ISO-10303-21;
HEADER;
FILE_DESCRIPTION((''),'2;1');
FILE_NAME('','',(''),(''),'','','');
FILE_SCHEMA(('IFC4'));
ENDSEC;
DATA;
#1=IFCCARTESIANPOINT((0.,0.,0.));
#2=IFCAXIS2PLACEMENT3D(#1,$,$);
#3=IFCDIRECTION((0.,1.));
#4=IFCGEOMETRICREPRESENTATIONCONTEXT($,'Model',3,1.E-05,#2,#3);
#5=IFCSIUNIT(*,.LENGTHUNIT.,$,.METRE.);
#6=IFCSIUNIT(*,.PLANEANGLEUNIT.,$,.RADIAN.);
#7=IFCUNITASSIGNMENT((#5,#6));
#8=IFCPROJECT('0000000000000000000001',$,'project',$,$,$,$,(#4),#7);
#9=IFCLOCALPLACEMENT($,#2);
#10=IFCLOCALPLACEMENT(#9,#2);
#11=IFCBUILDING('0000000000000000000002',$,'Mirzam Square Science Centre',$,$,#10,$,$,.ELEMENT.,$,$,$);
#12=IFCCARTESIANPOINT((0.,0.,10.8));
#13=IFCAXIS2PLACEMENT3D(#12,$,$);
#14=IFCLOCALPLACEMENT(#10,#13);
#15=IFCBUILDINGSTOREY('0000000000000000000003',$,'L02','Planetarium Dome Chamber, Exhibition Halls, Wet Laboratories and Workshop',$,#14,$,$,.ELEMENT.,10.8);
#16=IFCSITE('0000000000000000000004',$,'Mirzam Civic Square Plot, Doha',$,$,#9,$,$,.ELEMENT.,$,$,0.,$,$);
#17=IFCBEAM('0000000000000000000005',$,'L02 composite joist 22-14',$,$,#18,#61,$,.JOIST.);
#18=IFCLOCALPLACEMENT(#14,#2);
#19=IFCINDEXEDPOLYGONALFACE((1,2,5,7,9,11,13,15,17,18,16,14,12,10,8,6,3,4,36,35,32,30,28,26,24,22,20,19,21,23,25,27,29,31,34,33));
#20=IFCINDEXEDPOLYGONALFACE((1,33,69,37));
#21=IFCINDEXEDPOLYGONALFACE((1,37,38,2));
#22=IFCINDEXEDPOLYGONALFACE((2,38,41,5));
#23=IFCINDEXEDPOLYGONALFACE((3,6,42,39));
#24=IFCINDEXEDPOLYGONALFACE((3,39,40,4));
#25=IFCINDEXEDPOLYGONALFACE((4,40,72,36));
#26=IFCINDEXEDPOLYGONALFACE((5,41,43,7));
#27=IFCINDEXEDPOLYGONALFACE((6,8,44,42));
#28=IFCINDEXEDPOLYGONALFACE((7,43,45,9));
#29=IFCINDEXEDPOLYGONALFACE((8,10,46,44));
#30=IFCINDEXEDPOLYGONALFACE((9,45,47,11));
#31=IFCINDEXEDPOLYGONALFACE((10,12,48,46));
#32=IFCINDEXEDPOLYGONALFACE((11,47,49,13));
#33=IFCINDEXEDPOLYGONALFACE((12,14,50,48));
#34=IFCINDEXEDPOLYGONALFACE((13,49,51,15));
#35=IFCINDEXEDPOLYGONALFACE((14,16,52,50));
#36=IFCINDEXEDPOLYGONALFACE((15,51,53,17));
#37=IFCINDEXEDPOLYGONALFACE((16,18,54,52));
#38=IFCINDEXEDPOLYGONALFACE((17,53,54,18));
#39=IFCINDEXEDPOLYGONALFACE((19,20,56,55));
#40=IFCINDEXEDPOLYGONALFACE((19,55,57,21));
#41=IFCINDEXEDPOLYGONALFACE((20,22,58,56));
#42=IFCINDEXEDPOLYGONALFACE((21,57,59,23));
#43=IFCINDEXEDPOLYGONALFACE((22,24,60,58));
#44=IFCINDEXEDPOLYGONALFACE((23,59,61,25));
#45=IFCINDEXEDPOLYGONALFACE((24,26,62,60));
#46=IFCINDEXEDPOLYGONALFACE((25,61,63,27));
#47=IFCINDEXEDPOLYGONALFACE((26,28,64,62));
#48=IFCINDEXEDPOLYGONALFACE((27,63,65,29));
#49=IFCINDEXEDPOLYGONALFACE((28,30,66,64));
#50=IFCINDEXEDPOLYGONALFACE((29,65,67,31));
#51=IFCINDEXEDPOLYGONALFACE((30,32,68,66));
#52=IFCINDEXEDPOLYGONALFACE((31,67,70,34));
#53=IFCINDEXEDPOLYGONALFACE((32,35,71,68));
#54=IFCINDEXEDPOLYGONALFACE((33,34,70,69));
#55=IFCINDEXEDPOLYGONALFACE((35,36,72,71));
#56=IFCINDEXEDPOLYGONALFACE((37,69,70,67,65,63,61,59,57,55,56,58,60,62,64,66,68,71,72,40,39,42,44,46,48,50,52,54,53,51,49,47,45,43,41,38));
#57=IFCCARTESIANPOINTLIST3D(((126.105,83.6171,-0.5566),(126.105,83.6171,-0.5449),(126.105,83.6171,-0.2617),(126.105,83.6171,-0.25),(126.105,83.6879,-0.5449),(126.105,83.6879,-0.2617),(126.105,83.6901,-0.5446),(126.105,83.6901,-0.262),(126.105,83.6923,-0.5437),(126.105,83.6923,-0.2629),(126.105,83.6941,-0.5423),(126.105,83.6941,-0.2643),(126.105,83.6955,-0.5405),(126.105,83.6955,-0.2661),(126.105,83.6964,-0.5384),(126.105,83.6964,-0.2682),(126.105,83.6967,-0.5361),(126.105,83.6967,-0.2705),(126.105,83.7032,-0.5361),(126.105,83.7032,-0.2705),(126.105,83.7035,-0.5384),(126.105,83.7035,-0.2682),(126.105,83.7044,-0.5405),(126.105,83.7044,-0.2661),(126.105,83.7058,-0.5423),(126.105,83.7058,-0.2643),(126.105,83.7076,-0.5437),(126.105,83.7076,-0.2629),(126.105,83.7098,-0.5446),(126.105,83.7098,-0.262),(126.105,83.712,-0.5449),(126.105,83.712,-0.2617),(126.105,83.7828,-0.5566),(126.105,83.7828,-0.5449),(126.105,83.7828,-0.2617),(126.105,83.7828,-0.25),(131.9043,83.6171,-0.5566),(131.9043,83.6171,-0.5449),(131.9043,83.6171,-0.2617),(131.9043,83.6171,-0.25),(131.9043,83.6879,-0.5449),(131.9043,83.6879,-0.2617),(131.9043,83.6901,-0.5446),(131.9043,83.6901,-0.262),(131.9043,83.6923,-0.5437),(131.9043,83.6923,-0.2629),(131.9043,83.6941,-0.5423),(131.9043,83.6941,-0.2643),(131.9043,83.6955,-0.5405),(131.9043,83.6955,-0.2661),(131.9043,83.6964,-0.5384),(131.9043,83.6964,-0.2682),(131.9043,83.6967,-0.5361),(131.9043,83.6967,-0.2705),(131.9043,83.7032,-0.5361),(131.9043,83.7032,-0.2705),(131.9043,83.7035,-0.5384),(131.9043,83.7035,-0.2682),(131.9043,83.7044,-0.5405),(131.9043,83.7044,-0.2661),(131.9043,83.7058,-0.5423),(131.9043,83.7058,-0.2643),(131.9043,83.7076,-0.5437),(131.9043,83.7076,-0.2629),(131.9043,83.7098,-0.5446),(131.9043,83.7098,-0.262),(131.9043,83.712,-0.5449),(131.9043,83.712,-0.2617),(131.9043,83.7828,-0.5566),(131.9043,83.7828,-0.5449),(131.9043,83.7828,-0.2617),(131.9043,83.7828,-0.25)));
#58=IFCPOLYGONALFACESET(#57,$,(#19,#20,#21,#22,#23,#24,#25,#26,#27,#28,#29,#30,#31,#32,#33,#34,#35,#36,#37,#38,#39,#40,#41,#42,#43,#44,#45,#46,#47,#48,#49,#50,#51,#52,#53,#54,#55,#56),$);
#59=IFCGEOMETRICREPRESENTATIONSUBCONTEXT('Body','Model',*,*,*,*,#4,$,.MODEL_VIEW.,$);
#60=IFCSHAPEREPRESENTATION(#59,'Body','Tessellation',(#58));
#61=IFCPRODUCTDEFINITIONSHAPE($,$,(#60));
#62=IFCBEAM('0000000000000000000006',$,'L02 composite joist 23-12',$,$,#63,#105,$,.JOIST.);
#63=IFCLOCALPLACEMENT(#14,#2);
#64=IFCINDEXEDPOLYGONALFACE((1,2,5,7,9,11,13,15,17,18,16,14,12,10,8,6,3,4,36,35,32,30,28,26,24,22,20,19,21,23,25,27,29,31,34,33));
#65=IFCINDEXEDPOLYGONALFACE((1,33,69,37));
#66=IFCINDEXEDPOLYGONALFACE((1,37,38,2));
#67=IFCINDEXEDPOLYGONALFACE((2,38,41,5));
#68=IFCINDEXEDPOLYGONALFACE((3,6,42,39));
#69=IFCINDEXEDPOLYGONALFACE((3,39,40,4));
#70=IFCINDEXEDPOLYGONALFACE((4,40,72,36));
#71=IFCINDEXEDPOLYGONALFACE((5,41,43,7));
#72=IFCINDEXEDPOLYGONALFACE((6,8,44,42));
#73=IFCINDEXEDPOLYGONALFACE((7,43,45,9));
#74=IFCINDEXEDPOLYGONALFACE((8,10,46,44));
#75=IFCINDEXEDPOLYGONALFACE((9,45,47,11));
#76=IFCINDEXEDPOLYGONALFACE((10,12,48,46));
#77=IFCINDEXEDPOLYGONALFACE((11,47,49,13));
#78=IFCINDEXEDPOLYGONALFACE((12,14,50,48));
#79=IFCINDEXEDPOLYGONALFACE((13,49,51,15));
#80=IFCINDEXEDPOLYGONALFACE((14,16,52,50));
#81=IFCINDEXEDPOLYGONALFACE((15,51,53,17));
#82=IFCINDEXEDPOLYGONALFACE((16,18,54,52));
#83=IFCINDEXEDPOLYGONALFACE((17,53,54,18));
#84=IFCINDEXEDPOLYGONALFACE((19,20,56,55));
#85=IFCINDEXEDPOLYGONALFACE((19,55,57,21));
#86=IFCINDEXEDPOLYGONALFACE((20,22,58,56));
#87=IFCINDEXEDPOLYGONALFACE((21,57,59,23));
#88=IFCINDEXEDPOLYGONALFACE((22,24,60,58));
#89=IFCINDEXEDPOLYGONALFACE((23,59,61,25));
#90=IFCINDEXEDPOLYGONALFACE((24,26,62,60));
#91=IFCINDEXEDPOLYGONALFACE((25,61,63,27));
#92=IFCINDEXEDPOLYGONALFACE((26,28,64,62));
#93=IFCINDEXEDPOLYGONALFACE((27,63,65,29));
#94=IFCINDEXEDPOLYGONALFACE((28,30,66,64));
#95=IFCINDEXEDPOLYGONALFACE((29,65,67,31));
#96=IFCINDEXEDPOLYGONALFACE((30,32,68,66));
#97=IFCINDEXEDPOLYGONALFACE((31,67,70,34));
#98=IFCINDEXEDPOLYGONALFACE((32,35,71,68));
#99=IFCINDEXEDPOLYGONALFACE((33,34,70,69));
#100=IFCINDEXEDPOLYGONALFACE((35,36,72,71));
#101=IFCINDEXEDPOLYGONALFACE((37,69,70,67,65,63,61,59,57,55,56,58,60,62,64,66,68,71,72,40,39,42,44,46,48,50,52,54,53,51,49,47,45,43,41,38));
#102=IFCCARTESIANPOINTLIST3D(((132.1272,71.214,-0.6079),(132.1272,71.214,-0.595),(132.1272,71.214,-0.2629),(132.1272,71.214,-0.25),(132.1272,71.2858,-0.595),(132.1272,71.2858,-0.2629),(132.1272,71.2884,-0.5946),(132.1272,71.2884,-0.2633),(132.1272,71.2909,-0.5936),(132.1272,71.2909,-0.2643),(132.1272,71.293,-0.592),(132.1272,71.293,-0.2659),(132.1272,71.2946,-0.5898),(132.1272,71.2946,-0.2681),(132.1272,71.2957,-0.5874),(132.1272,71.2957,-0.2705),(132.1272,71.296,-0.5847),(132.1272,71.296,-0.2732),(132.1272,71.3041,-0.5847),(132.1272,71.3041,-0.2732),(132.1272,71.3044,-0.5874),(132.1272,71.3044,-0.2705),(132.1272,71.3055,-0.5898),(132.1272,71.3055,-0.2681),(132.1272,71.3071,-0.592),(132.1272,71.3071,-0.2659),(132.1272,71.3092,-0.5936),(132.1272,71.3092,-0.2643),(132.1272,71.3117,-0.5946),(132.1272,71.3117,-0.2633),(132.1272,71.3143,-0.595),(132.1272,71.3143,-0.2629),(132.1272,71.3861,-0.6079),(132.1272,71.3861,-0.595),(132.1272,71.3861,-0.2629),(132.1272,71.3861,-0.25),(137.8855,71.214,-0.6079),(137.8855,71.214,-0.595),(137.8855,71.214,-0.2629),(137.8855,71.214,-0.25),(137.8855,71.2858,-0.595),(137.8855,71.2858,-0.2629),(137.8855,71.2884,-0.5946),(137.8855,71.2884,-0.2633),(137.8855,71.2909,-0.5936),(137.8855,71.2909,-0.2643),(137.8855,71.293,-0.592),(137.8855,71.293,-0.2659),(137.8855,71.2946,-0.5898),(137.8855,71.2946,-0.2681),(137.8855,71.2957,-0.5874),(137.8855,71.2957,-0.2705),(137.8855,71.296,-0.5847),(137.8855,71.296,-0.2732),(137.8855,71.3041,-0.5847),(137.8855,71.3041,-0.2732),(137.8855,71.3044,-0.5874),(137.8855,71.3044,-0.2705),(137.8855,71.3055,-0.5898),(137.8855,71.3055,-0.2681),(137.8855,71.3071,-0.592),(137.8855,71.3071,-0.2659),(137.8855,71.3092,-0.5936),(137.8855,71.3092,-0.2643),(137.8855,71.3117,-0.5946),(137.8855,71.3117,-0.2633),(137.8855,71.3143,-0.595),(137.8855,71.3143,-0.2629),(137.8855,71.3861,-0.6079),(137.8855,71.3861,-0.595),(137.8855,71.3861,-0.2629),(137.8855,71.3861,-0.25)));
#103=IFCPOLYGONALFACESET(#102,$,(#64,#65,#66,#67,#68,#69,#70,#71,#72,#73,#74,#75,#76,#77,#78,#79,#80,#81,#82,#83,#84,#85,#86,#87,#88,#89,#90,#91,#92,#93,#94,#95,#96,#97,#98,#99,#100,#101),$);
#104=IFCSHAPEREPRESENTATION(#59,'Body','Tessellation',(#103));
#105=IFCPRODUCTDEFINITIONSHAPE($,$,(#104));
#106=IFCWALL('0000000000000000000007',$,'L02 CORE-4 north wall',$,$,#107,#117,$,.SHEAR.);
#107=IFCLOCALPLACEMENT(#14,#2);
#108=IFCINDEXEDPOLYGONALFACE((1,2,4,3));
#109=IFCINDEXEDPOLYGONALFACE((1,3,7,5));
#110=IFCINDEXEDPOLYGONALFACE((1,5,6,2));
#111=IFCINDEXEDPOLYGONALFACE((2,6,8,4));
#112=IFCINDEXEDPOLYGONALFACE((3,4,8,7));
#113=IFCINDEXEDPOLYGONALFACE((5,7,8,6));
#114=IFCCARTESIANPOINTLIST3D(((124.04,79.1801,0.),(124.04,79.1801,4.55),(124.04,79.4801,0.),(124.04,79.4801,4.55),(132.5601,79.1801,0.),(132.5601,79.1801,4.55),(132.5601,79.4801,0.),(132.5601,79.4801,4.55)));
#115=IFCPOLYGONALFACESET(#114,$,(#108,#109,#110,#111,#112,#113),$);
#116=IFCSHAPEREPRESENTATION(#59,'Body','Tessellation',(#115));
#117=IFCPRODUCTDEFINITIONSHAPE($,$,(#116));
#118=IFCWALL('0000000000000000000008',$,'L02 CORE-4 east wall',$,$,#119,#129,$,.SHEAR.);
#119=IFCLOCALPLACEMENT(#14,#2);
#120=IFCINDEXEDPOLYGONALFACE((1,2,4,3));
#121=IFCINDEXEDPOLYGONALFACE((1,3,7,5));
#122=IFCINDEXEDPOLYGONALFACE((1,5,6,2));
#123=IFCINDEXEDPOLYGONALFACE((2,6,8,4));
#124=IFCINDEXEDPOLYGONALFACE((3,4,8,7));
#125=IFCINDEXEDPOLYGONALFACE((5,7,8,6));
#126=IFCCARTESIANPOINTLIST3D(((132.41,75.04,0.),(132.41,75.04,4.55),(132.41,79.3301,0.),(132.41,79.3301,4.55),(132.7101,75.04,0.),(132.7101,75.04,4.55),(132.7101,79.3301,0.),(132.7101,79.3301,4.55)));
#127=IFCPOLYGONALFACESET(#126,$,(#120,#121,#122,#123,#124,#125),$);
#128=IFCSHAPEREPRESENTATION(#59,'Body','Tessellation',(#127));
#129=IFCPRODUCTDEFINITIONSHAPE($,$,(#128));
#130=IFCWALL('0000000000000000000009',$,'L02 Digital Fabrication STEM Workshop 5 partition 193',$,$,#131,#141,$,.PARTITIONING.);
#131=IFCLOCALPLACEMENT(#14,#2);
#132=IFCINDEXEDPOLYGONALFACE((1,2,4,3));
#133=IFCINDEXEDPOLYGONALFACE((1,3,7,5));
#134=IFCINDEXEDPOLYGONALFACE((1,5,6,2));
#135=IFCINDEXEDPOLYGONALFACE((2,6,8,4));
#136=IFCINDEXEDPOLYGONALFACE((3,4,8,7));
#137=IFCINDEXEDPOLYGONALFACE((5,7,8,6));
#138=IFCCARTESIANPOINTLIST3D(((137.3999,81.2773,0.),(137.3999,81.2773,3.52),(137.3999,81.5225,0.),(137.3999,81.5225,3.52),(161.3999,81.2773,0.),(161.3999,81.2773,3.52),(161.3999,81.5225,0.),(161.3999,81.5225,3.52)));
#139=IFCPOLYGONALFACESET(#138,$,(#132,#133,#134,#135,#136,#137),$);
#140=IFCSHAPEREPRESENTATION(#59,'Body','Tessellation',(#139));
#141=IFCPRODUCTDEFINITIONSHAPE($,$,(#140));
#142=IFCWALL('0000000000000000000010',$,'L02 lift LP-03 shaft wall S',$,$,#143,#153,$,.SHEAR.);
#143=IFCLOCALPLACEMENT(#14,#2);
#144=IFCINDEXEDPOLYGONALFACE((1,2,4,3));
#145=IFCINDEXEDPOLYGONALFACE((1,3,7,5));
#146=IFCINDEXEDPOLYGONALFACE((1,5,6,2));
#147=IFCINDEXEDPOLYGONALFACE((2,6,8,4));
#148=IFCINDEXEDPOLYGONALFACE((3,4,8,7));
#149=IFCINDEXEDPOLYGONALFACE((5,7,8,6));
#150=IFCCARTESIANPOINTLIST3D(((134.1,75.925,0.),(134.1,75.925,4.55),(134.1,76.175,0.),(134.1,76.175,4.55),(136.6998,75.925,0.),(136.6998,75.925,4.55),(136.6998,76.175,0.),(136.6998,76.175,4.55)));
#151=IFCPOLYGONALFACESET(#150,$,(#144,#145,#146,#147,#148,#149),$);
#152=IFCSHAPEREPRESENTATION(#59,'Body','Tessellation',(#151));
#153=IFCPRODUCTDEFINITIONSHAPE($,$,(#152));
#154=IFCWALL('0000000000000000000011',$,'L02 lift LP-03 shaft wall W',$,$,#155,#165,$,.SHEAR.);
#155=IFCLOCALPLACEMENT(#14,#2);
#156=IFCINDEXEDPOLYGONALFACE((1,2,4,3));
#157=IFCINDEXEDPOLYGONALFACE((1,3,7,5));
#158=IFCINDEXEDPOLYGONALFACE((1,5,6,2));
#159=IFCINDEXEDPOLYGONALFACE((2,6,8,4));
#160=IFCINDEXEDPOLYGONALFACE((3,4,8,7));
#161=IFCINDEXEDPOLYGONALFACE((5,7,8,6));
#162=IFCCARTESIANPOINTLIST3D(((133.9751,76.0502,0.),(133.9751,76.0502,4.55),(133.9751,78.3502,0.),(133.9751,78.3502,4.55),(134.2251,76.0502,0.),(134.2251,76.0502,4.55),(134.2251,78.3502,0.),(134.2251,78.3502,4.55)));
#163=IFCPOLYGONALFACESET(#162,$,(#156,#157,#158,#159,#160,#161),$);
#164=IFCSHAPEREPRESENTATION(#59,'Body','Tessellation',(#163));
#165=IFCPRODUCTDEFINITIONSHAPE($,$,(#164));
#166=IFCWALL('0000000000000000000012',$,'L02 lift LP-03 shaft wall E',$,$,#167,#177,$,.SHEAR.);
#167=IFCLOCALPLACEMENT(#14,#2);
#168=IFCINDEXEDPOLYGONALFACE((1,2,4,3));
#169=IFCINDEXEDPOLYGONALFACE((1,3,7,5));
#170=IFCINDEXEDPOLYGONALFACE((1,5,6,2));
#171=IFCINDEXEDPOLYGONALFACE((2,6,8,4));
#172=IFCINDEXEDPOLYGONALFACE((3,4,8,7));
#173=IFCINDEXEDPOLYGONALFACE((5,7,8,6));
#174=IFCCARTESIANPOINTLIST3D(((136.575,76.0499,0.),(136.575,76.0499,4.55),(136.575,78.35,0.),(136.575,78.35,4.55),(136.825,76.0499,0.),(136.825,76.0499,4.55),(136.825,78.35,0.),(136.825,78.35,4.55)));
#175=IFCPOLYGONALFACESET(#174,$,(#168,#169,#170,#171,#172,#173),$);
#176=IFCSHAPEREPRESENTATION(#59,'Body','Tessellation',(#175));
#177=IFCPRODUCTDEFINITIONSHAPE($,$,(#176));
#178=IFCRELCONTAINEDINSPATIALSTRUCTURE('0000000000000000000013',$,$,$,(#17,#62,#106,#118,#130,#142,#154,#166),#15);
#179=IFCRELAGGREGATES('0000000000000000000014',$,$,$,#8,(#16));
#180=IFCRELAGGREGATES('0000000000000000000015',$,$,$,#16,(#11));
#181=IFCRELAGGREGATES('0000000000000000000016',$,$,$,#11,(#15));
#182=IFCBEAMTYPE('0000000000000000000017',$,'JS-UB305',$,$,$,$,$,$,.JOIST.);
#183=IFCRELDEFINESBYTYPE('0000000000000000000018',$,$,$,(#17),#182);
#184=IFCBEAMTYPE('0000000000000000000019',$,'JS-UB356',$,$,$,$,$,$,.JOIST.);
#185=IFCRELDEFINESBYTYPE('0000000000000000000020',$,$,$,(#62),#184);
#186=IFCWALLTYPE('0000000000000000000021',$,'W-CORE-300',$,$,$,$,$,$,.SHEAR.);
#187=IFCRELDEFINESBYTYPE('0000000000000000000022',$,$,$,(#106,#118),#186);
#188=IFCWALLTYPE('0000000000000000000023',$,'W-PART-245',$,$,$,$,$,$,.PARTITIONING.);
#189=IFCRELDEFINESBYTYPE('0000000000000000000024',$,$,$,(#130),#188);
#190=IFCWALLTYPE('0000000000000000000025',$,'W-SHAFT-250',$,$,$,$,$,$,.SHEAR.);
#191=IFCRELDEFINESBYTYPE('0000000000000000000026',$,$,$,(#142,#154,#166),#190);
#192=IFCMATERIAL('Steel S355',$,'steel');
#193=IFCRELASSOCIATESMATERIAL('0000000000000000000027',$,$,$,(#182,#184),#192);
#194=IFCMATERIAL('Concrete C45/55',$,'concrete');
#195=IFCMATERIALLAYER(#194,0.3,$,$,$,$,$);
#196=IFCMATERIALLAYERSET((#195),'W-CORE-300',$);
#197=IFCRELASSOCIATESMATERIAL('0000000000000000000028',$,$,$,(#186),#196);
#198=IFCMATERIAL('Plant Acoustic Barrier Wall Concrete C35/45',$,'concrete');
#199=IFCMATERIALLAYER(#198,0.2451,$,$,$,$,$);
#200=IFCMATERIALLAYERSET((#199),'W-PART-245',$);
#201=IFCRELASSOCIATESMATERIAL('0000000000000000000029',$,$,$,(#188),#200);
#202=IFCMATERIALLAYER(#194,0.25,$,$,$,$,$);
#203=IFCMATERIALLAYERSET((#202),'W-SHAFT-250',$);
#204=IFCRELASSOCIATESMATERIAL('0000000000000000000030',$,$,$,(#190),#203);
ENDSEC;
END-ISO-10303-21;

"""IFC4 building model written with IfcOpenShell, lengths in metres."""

from ifc_helpers import new_model, si_unit, direction, frame, frame_2d, origin, origin_2d, place, context, subcontext, project, spatial, rectangle, i_section, extrude, material, layer, layer_set, material_profile, profile_set, type_object, element, save


model = new_model("IFC4")

# Units and contexts
model_context = context("Model", 3, precision=1e-05, world=origin(), true_north=direction((0.0, 1.0)))
body_context = subcontext(model_context, "Body", "Model", "MODEL_VIEW")
ifc_project = project(units=[si_unit("LENGTHUNIT", "METRE"), si_unit("PLANEANGLEUNIT", "RADIAN")], contexts=[model_context])

# Site, building, storey
site_placement = place(None, origin())
site = spatial("IfcSite", under=ifc_project, at=site_placement, Name="Mirzam Civic Square Plot, Doha", CompositionType="ELEMENT", RefElevation=0.0)
building_placement = place(site_placement, origin())
building = spatial("IfcBuilding", under=site, at=building_placement, Name="Mirzam Square Science Centre", CompositionType="ELEMENT")
storey_placement = place(building_placement, frame((0.0, 0.0, 10.8)))
storey = spatial("IfcBuildingStorey", under=building, at=storey_placement, Name="L02", Description="Planetarium Dome Chamber, Exhibition Halls, Wet Laboratories and Workshop", CompositionType="ELEMENT", Elevation=10.8)

# Shared definitions
ifc_material_1 = material(Name="Steel S355", Category="steel")

# Beams
ifc_material_profile_1 = material_profile(ifc_material_1, i_section(OverallWidth=0.1658, OverallDepth=0.3066, WebThickness=0.0066, FlangeThickness=0.0117, FilletRadius=0.0088, at=origin_2d()), Name="305x165x46UB")
ifc_profile_set_1 = profile_set([ifc_material_profile_1], Name="Steel S355")
beam_type_1 = type_object("IfcBeamType", Name="JS-UB305", PredefinedType="JOIST", material=ifc_profile_set_1)
beam_1_placement = place(storey_placement, frame((126.105, 83.7, -0.4033), z_axis=(1.0, 0.0, 0.0), x_axis=(0.0, 1.0, 0.0)))
element("IfcBeam", 1, at=beam_1_placement, inside=storey, type_object=beam_type_1, Name="L02 composite joist 22-14", PredefinedType="JOIST", context=body_context, shape_type="SweptSolid", body=[
    extrude(i_section(OverallWidth=0.1658, OverallDepth=0.3066, WebThickness=0.0066, FlangeThickness=0.0117, FilletRadius=0.0088, at=origin_2d()), origin(), (0.0, 0.0, 1.0), 5.7993),
])
ifc_material_profile_2 = material_profile(ifc_material_1, i_section(OverallWidth=0.1721, OverallDepth=0.3579, WebThickness=0.0081, FlangeThickness=0.0129, FilletRadius=0.0103, at=origin_2d()), Name="356x171x57UB")
ifc_profile_set_2 = profile_set([ifc_material_profile_2], Name="Steel S355")
beam_type_2 = type_object("IfcBeamType", Name="JS-UB356", PredefinedType="JOIST", material=ifc_profile_set_2)
beam_2_placement = place(storey_placement, frame((132.1272, 71.3, -0.429), z_axis=(1.0, 0.0, 0.0), x_axis=(0.0, 1.0, 0.0)))
element("IfcBeam", 2, at=beam_2_placement, inside=storey, type_object=beam_type_2, Name="L02 composite joist 23-12", PredefinedType="JOIST", context=body_context, shape_type="SweptSolid", body=[
    extrude(i_section(OverallWidth=0.1721, OverallDepth=0.3579, WebThickness=0.0081, FlangeThickness=0.0129, FilletRadius=0.0103, at=origin_2d()), origin(), (0.0, 0.0, 1.0), 5.7583),
])

# Walls
ifc_material_2 = material(Name="Concrete C45/55", Category="concrete")
ifc_layer_1 = layer(ifc_material_2, 0.3)
ifc_layer_set_1 = layer_set([ifc_layer_1], Name="W-CORE-300")
wall_type_1 = type_object("IfcWallType", Name="W-CORE-300", PredefinedType="SHEAR", material=ifc_layer_set_1)
wall_1_placement = place(storey_placement, frame((132.5601, 79.3301, 0.0), z_axis=(0.0, 0.0, 1.0), x_axis=(-1.0, 0.0, 0.0)))
element("IfcWall", 3, at=wall_1_placement, inside=storey, type_object=wall_type_1, Name="L02 CORE-4 north wall", PredefinedType="SHEAR", context=body_context, shape_type="SweptSolid", body=[
    extrude(rectangle(XDim=8.52, YDim=0.3, at=frame_2d((4.26, 0.0))), origin(), (0.0, 0.0, 1.0), 4.55),
])
wall_2_placement = place(storey_placement, frame((132.5601, 75.04, 0.0), z_axis=(0.0, 0.0, 1.0), x_axis=(0.0, 1.0, 0.0)))
element("IfcWall", 4, at=wall_2_placement, inside=storey, type_object=wall_type_1, Name="L02 CORE-4 east wall", PredefinedType="SHEAR", context=body_context, shape_type="SweptSolid", body=[
    extrude(rectangle(XDim=4.29, YDim=0.3, at=frame_2d((2.145, 0.0))), origin(), (0.0, 0.0, 1.0), 4.55),
])
ifc_material_3 = material(Name="Plant Acoustic Barrier Wall Concrete C35/45", Category="concrete")
ifc_layer_2 = layer(ifc_material_3, 0.2451)
ifc_layer_set_2 = layer_set([ifc_layer_2], Name="W-PART-245")
wall_type_2 = type_object("IfcWallType", Name="W-PART-245", PredefinedType="PARTITIONING", material=ifc_layer_set_2)
wall_3_placement = place(storey_placement, frame((137.3999, 81.3999, 0.0), z_axis=(0.0, 0.0, 1.0), x_axis=(1.0, 0.0, 0.0)))
element("IfcWall", 5, at=wall_3_placement, inside=storey, type_object=wall_type_2, Name="L02 Digital Fabrication STEM Workshop 5 partition 193", PredefinedType="PARTITIONING", context=body_context, shape_type="SweptSolid", body=[
    extrude(rectangle(XDim=24.0, YDim=0.2451, at=frame_2d((12.0, 0.0))), origin(), (0.0, 0.0, 1.0), 3.52),
])
ifc_layer_3 = layer(ifc_material_2, 0.25)
ifc_layer_set_3 = layer_set([ifc_layer_3], Name="W-SHAFT-250")
wall_type_3 = type_object("IfcWallType", Name="W-SHAFT-250", PredefinedType="SHEAR", material=ifc_layer_set_3)
wall_4_placement = place(storey_placement, frame((134.1001, 76.05, 0.0), z_axis=(0.0, 0.0, 1.0), x_axis=(1.0, 0.0, 0.0)))
element("IfcWall", 6, at=wall_4_placement, inside=storey, type_object=wall_type_3, Name="L02 lift LP-03 shaft wall S", PredefinedType="SHEAR", context=body_context, shape_type="SweptSolid", body=[
    extrude(rectangle(XDim=2.5999, YDim=0.25, at=frame_2d((1.2998, 0.0))), origin(), (0.0, 0.0, 1.0), 4.55),
])

# Walls
for number, where, z_axis, x_axis, name in (
    (7, (134.1001, 78.3501, 0.0), (0.0, 0.0, 1.0), (0.0, -1.0, 0.0), "L02 lift LP-03 shaft wall W"),
    (8, (136.7, 76.05, 0.0), (0.0, 0.0, 1.0), (0.0, 1.0, 0.0), "L02 lift LP-03 shaft wall E"),
):
    element("IfcWall", number, at=place(storey_placement, frame(where, z_axis=z_axis, x_axis=x_axis)), inside=storey, type_object=wall_type_3, Name=name, PredefinedType="SHEAR", context=body_context, shape_type="SweptSolid", body=[
        extrude(rectangle(XDim=2.3, YDim=0.25, at=frame_2d((1.1499, 0.0))), origin(), (0.0, 0.0, 1.0), 4.55),
    ])

save(model, "model.ifc")
